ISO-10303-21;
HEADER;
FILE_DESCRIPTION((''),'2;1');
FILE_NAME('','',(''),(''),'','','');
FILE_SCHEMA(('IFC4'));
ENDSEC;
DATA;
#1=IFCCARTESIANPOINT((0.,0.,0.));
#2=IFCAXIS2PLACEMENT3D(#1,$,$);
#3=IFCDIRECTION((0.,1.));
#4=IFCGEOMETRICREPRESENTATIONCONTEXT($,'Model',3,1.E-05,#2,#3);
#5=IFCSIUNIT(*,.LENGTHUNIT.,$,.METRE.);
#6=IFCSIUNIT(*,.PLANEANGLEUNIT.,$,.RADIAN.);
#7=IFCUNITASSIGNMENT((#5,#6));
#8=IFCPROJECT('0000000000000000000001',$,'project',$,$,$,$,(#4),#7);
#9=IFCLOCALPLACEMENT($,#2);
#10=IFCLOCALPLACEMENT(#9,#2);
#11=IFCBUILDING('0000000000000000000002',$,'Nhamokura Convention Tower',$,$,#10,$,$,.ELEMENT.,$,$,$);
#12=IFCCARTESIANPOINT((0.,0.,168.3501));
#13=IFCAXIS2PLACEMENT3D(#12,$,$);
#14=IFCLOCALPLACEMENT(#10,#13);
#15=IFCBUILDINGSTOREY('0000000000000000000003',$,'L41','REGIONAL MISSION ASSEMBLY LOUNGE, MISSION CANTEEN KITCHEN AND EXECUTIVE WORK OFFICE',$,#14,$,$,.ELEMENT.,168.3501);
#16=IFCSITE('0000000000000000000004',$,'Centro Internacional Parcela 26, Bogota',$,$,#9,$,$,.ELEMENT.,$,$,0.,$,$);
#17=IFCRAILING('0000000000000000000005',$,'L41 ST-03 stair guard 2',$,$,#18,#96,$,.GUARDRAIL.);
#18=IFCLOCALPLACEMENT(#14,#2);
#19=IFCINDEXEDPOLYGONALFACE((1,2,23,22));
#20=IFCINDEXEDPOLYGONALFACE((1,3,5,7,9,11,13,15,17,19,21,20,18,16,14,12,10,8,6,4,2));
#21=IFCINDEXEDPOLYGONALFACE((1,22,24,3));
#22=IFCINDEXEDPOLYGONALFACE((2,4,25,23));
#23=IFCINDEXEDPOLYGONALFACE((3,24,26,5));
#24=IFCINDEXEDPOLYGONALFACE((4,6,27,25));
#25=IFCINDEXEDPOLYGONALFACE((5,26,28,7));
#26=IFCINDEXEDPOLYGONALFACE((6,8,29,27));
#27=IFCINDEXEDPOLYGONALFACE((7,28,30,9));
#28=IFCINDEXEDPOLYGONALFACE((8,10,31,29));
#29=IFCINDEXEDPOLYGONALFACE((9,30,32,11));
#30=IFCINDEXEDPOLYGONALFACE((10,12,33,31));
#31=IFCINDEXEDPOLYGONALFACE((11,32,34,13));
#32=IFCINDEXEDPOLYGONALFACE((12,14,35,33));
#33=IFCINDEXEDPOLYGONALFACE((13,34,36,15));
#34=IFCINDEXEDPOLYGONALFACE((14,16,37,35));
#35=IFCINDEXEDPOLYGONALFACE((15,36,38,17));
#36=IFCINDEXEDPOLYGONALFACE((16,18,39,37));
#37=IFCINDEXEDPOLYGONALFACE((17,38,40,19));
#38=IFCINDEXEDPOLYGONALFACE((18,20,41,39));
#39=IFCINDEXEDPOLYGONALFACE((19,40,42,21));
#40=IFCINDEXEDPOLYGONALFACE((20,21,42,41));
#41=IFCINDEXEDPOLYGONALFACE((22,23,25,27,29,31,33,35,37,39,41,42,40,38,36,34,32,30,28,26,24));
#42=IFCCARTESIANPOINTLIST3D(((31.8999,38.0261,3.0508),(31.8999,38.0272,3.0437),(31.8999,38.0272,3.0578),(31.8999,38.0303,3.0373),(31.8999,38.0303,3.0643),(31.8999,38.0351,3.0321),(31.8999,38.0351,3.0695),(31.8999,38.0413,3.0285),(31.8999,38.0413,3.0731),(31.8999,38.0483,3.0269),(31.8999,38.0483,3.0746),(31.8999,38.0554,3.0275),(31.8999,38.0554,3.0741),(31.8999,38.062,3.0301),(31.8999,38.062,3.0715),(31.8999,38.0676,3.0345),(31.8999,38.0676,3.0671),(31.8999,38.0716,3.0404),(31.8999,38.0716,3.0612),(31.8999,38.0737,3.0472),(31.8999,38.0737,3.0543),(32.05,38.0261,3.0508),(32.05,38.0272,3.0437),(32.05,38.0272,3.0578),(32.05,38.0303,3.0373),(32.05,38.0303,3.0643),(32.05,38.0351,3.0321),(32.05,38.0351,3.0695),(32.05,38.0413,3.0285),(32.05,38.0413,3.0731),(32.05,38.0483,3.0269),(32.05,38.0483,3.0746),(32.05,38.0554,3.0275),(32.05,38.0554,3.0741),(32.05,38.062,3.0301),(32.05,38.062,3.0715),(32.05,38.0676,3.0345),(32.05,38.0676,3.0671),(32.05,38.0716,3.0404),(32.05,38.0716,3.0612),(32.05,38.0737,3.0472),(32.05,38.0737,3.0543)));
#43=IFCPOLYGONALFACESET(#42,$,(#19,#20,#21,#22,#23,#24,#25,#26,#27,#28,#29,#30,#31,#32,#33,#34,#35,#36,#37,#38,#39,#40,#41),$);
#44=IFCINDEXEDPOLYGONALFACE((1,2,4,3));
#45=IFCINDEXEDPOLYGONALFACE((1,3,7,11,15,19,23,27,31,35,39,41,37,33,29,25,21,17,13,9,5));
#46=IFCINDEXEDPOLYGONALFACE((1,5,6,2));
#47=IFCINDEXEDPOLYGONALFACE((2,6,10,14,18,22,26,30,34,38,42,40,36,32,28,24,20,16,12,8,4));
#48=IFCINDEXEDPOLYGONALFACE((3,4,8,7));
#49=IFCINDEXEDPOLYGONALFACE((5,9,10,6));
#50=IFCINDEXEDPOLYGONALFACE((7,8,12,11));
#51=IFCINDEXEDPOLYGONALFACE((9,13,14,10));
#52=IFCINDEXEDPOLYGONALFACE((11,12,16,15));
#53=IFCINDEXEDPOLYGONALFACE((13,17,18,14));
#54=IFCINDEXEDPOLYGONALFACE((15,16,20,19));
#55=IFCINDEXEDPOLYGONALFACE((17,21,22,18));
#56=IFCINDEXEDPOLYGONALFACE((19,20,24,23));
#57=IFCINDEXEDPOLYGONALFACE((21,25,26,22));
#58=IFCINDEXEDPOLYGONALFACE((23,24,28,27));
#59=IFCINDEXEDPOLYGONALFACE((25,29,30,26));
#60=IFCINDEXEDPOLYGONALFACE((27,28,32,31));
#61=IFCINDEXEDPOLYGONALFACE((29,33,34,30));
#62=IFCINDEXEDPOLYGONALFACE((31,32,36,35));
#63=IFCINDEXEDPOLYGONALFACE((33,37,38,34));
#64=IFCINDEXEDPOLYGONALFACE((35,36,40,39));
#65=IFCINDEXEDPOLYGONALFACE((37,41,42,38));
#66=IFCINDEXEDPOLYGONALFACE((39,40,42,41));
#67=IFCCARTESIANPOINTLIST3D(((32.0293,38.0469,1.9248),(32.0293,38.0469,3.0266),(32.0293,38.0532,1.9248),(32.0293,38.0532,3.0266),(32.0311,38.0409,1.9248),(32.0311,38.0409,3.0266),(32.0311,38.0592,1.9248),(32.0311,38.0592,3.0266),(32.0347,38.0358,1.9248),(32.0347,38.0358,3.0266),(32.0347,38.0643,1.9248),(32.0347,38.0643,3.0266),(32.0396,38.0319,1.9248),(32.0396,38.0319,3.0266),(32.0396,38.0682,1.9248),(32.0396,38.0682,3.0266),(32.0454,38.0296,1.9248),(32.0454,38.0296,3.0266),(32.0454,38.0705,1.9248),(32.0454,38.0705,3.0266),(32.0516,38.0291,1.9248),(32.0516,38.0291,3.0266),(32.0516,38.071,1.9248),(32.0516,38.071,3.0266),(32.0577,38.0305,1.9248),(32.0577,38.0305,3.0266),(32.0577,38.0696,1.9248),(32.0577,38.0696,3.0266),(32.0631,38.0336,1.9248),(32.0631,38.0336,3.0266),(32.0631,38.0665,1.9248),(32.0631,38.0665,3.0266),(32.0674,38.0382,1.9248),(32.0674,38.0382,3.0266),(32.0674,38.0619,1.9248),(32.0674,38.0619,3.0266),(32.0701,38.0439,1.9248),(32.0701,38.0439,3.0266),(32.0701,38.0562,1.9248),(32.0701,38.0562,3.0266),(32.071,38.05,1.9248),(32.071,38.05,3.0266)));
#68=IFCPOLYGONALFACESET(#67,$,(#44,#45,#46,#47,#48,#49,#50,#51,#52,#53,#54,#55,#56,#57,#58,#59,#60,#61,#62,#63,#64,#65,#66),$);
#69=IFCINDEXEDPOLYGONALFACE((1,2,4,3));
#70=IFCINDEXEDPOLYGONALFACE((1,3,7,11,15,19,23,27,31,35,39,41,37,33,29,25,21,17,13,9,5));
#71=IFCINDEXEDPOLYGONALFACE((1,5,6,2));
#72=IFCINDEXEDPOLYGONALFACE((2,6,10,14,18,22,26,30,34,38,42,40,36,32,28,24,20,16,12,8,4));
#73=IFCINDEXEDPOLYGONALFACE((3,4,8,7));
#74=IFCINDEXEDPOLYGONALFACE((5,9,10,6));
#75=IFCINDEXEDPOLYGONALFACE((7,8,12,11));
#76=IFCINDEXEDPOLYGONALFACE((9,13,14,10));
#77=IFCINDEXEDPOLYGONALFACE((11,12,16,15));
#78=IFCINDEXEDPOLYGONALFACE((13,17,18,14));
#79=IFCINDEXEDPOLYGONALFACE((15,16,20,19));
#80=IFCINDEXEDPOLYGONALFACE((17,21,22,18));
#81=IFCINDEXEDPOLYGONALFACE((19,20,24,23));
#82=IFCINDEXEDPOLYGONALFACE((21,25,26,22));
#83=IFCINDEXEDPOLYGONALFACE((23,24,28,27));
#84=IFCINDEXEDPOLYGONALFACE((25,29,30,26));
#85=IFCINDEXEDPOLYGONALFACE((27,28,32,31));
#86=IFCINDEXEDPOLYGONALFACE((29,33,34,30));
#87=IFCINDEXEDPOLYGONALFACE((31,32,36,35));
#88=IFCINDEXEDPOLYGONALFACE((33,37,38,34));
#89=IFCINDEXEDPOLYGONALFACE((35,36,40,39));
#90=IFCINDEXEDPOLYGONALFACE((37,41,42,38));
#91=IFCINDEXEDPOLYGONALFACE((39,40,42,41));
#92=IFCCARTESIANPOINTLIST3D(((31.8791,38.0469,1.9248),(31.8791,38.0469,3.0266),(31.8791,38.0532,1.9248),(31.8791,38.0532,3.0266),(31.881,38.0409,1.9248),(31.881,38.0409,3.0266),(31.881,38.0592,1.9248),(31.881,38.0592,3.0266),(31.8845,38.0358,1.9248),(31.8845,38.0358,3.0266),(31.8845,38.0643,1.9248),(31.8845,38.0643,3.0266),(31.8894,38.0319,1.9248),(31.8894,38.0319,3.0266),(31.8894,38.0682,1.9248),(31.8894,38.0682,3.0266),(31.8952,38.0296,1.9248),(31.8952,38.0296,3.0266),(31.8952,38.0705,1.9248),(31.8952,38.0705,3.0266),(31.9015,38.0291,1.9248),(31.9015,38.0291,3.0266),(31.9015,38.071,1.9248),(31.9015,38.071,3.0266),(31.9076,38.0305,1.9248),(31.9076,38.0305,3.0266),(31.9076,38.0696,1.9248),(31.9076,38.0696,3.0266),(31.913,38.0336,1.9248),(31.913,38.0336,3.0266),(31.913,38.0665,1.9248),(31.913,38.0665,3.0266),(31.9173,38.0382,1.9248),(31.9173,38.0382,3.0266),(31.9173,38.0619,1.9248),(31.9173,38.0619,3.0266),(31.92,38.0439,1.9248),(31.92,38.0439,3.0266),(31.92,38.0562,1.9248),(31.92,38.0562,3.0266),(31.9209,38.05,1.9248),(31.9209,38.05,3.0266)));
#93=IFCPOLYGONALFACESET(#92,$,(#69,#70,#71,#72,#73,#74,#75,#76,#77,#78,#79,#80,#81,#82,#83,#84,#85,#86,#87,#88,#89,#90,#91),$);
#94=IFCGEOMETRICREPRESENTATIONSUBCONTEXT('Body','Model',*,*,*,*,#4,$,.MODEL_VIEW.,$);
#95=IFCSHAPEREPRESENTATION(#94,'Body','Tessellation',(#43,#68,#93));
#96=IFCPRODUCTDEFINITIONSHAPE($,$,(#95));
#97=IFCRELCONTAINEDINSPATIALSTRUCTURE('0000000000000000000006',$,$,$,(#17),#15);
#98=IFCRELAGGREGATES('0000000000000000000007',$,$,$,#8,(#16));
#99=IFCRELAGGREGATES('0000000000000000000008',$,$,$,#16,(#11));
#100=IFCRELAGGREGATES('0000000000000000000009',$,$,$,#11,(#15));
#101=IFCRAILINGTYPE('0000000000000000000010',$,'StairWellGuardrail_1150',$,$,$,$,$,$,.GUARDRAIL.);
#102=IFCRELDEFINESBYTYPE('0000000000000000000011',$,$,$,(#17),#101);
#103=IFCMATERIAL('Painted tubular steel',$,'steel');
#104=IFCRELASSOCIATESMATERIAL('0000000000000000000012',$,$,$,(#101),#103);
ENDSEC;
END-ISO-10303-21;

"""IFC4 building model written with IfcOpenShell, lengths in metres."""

from ifc_helpers import new_model, si_unit, direction, frame, origin, origin_2d, place, context, subcontext, project, spatial, circle, extrude, material, type_object, element, save


model = new_model("IFC4")

# Units and contexts
model_context = context("Model", 3, precision=1e-05, world=origin(), true_north=direction((0.0, 1.0)))
body_context = subcontext(model_context, "Body", "Model", "MODEL_VIEW")
ifc_project = project(units=[si_unit("LENGTHUNIT", "METRE"), si_unit("PLANEANGLEUNIT", "RADIAN")], contexts=[model_context])

# Site, building, storey
site_placement = place(None, origin())
site = spatial("IfcSite", under=ifc_project, at=site_placement, Name="Centro Internacional Parcela 26, Bogota", CompositionType="ELEMENT", RefElevation=0.0)
building_placement = place(site_placement, origin())
building = spatial("IfcBuilding", under=site, at=building_placement, Name="Nhamokura Convention Tower", CompositionType="ELEMENT")
storey_placement = place(building_placement, frame((0.0, 0.0, 168.3501)))
storey = spatial("IfcBuildingStorey", under=building, at=storey_placement, Name="L41", Description="REGIONAL MISSION ASSEMBLY LOUNGE, MISSION CANTEEN KITCHEN AND EXECUTIVE WORK OFFICE", CompositionType="ELEMENT", Elevation=168.3501)

# Railing
ifc_material_1 = material(Name="Painted tubular steel", Category="steel")
railing_type = type_object("IfcRailingType", Name="StairWellGuardrail_1150", PredefinedType="GUARDRAIL", material=ifc_material_1)
railing_placement = place(storey_placement, frame((32.05, 38.05, 1.9248)))
element("IfcRailing", 1, at=railing_placement, inside=storey, type_object=railing_type, Name="L41 ST-03 stair guard 2", PredefinedType="GUARDRAIL", context=body_context, shape_type="SweptSolid", body=[
    extrude(circle(Radius=0.0239, at=origin_2d()), frame((0.0, 0.0, 1.126), z_axis=(-1.0, 0.0, 0.0), x_axis=(0.0, -1.0, 0.0)), (0.0, 0.0, 1.0), 0.1501),
    extrude(circle(Radius=0.021, at=origin_2d()), origin(), (0.0, 0.0, 1.0), 1.1018),
    extrude(circle(Radius=0.021, at=origin_2d()), frame((-0.1501, 0.0, 0.0)), (0.0, 0.0, 1.0), 1.1018),
])

save(model, "model.ifc")
